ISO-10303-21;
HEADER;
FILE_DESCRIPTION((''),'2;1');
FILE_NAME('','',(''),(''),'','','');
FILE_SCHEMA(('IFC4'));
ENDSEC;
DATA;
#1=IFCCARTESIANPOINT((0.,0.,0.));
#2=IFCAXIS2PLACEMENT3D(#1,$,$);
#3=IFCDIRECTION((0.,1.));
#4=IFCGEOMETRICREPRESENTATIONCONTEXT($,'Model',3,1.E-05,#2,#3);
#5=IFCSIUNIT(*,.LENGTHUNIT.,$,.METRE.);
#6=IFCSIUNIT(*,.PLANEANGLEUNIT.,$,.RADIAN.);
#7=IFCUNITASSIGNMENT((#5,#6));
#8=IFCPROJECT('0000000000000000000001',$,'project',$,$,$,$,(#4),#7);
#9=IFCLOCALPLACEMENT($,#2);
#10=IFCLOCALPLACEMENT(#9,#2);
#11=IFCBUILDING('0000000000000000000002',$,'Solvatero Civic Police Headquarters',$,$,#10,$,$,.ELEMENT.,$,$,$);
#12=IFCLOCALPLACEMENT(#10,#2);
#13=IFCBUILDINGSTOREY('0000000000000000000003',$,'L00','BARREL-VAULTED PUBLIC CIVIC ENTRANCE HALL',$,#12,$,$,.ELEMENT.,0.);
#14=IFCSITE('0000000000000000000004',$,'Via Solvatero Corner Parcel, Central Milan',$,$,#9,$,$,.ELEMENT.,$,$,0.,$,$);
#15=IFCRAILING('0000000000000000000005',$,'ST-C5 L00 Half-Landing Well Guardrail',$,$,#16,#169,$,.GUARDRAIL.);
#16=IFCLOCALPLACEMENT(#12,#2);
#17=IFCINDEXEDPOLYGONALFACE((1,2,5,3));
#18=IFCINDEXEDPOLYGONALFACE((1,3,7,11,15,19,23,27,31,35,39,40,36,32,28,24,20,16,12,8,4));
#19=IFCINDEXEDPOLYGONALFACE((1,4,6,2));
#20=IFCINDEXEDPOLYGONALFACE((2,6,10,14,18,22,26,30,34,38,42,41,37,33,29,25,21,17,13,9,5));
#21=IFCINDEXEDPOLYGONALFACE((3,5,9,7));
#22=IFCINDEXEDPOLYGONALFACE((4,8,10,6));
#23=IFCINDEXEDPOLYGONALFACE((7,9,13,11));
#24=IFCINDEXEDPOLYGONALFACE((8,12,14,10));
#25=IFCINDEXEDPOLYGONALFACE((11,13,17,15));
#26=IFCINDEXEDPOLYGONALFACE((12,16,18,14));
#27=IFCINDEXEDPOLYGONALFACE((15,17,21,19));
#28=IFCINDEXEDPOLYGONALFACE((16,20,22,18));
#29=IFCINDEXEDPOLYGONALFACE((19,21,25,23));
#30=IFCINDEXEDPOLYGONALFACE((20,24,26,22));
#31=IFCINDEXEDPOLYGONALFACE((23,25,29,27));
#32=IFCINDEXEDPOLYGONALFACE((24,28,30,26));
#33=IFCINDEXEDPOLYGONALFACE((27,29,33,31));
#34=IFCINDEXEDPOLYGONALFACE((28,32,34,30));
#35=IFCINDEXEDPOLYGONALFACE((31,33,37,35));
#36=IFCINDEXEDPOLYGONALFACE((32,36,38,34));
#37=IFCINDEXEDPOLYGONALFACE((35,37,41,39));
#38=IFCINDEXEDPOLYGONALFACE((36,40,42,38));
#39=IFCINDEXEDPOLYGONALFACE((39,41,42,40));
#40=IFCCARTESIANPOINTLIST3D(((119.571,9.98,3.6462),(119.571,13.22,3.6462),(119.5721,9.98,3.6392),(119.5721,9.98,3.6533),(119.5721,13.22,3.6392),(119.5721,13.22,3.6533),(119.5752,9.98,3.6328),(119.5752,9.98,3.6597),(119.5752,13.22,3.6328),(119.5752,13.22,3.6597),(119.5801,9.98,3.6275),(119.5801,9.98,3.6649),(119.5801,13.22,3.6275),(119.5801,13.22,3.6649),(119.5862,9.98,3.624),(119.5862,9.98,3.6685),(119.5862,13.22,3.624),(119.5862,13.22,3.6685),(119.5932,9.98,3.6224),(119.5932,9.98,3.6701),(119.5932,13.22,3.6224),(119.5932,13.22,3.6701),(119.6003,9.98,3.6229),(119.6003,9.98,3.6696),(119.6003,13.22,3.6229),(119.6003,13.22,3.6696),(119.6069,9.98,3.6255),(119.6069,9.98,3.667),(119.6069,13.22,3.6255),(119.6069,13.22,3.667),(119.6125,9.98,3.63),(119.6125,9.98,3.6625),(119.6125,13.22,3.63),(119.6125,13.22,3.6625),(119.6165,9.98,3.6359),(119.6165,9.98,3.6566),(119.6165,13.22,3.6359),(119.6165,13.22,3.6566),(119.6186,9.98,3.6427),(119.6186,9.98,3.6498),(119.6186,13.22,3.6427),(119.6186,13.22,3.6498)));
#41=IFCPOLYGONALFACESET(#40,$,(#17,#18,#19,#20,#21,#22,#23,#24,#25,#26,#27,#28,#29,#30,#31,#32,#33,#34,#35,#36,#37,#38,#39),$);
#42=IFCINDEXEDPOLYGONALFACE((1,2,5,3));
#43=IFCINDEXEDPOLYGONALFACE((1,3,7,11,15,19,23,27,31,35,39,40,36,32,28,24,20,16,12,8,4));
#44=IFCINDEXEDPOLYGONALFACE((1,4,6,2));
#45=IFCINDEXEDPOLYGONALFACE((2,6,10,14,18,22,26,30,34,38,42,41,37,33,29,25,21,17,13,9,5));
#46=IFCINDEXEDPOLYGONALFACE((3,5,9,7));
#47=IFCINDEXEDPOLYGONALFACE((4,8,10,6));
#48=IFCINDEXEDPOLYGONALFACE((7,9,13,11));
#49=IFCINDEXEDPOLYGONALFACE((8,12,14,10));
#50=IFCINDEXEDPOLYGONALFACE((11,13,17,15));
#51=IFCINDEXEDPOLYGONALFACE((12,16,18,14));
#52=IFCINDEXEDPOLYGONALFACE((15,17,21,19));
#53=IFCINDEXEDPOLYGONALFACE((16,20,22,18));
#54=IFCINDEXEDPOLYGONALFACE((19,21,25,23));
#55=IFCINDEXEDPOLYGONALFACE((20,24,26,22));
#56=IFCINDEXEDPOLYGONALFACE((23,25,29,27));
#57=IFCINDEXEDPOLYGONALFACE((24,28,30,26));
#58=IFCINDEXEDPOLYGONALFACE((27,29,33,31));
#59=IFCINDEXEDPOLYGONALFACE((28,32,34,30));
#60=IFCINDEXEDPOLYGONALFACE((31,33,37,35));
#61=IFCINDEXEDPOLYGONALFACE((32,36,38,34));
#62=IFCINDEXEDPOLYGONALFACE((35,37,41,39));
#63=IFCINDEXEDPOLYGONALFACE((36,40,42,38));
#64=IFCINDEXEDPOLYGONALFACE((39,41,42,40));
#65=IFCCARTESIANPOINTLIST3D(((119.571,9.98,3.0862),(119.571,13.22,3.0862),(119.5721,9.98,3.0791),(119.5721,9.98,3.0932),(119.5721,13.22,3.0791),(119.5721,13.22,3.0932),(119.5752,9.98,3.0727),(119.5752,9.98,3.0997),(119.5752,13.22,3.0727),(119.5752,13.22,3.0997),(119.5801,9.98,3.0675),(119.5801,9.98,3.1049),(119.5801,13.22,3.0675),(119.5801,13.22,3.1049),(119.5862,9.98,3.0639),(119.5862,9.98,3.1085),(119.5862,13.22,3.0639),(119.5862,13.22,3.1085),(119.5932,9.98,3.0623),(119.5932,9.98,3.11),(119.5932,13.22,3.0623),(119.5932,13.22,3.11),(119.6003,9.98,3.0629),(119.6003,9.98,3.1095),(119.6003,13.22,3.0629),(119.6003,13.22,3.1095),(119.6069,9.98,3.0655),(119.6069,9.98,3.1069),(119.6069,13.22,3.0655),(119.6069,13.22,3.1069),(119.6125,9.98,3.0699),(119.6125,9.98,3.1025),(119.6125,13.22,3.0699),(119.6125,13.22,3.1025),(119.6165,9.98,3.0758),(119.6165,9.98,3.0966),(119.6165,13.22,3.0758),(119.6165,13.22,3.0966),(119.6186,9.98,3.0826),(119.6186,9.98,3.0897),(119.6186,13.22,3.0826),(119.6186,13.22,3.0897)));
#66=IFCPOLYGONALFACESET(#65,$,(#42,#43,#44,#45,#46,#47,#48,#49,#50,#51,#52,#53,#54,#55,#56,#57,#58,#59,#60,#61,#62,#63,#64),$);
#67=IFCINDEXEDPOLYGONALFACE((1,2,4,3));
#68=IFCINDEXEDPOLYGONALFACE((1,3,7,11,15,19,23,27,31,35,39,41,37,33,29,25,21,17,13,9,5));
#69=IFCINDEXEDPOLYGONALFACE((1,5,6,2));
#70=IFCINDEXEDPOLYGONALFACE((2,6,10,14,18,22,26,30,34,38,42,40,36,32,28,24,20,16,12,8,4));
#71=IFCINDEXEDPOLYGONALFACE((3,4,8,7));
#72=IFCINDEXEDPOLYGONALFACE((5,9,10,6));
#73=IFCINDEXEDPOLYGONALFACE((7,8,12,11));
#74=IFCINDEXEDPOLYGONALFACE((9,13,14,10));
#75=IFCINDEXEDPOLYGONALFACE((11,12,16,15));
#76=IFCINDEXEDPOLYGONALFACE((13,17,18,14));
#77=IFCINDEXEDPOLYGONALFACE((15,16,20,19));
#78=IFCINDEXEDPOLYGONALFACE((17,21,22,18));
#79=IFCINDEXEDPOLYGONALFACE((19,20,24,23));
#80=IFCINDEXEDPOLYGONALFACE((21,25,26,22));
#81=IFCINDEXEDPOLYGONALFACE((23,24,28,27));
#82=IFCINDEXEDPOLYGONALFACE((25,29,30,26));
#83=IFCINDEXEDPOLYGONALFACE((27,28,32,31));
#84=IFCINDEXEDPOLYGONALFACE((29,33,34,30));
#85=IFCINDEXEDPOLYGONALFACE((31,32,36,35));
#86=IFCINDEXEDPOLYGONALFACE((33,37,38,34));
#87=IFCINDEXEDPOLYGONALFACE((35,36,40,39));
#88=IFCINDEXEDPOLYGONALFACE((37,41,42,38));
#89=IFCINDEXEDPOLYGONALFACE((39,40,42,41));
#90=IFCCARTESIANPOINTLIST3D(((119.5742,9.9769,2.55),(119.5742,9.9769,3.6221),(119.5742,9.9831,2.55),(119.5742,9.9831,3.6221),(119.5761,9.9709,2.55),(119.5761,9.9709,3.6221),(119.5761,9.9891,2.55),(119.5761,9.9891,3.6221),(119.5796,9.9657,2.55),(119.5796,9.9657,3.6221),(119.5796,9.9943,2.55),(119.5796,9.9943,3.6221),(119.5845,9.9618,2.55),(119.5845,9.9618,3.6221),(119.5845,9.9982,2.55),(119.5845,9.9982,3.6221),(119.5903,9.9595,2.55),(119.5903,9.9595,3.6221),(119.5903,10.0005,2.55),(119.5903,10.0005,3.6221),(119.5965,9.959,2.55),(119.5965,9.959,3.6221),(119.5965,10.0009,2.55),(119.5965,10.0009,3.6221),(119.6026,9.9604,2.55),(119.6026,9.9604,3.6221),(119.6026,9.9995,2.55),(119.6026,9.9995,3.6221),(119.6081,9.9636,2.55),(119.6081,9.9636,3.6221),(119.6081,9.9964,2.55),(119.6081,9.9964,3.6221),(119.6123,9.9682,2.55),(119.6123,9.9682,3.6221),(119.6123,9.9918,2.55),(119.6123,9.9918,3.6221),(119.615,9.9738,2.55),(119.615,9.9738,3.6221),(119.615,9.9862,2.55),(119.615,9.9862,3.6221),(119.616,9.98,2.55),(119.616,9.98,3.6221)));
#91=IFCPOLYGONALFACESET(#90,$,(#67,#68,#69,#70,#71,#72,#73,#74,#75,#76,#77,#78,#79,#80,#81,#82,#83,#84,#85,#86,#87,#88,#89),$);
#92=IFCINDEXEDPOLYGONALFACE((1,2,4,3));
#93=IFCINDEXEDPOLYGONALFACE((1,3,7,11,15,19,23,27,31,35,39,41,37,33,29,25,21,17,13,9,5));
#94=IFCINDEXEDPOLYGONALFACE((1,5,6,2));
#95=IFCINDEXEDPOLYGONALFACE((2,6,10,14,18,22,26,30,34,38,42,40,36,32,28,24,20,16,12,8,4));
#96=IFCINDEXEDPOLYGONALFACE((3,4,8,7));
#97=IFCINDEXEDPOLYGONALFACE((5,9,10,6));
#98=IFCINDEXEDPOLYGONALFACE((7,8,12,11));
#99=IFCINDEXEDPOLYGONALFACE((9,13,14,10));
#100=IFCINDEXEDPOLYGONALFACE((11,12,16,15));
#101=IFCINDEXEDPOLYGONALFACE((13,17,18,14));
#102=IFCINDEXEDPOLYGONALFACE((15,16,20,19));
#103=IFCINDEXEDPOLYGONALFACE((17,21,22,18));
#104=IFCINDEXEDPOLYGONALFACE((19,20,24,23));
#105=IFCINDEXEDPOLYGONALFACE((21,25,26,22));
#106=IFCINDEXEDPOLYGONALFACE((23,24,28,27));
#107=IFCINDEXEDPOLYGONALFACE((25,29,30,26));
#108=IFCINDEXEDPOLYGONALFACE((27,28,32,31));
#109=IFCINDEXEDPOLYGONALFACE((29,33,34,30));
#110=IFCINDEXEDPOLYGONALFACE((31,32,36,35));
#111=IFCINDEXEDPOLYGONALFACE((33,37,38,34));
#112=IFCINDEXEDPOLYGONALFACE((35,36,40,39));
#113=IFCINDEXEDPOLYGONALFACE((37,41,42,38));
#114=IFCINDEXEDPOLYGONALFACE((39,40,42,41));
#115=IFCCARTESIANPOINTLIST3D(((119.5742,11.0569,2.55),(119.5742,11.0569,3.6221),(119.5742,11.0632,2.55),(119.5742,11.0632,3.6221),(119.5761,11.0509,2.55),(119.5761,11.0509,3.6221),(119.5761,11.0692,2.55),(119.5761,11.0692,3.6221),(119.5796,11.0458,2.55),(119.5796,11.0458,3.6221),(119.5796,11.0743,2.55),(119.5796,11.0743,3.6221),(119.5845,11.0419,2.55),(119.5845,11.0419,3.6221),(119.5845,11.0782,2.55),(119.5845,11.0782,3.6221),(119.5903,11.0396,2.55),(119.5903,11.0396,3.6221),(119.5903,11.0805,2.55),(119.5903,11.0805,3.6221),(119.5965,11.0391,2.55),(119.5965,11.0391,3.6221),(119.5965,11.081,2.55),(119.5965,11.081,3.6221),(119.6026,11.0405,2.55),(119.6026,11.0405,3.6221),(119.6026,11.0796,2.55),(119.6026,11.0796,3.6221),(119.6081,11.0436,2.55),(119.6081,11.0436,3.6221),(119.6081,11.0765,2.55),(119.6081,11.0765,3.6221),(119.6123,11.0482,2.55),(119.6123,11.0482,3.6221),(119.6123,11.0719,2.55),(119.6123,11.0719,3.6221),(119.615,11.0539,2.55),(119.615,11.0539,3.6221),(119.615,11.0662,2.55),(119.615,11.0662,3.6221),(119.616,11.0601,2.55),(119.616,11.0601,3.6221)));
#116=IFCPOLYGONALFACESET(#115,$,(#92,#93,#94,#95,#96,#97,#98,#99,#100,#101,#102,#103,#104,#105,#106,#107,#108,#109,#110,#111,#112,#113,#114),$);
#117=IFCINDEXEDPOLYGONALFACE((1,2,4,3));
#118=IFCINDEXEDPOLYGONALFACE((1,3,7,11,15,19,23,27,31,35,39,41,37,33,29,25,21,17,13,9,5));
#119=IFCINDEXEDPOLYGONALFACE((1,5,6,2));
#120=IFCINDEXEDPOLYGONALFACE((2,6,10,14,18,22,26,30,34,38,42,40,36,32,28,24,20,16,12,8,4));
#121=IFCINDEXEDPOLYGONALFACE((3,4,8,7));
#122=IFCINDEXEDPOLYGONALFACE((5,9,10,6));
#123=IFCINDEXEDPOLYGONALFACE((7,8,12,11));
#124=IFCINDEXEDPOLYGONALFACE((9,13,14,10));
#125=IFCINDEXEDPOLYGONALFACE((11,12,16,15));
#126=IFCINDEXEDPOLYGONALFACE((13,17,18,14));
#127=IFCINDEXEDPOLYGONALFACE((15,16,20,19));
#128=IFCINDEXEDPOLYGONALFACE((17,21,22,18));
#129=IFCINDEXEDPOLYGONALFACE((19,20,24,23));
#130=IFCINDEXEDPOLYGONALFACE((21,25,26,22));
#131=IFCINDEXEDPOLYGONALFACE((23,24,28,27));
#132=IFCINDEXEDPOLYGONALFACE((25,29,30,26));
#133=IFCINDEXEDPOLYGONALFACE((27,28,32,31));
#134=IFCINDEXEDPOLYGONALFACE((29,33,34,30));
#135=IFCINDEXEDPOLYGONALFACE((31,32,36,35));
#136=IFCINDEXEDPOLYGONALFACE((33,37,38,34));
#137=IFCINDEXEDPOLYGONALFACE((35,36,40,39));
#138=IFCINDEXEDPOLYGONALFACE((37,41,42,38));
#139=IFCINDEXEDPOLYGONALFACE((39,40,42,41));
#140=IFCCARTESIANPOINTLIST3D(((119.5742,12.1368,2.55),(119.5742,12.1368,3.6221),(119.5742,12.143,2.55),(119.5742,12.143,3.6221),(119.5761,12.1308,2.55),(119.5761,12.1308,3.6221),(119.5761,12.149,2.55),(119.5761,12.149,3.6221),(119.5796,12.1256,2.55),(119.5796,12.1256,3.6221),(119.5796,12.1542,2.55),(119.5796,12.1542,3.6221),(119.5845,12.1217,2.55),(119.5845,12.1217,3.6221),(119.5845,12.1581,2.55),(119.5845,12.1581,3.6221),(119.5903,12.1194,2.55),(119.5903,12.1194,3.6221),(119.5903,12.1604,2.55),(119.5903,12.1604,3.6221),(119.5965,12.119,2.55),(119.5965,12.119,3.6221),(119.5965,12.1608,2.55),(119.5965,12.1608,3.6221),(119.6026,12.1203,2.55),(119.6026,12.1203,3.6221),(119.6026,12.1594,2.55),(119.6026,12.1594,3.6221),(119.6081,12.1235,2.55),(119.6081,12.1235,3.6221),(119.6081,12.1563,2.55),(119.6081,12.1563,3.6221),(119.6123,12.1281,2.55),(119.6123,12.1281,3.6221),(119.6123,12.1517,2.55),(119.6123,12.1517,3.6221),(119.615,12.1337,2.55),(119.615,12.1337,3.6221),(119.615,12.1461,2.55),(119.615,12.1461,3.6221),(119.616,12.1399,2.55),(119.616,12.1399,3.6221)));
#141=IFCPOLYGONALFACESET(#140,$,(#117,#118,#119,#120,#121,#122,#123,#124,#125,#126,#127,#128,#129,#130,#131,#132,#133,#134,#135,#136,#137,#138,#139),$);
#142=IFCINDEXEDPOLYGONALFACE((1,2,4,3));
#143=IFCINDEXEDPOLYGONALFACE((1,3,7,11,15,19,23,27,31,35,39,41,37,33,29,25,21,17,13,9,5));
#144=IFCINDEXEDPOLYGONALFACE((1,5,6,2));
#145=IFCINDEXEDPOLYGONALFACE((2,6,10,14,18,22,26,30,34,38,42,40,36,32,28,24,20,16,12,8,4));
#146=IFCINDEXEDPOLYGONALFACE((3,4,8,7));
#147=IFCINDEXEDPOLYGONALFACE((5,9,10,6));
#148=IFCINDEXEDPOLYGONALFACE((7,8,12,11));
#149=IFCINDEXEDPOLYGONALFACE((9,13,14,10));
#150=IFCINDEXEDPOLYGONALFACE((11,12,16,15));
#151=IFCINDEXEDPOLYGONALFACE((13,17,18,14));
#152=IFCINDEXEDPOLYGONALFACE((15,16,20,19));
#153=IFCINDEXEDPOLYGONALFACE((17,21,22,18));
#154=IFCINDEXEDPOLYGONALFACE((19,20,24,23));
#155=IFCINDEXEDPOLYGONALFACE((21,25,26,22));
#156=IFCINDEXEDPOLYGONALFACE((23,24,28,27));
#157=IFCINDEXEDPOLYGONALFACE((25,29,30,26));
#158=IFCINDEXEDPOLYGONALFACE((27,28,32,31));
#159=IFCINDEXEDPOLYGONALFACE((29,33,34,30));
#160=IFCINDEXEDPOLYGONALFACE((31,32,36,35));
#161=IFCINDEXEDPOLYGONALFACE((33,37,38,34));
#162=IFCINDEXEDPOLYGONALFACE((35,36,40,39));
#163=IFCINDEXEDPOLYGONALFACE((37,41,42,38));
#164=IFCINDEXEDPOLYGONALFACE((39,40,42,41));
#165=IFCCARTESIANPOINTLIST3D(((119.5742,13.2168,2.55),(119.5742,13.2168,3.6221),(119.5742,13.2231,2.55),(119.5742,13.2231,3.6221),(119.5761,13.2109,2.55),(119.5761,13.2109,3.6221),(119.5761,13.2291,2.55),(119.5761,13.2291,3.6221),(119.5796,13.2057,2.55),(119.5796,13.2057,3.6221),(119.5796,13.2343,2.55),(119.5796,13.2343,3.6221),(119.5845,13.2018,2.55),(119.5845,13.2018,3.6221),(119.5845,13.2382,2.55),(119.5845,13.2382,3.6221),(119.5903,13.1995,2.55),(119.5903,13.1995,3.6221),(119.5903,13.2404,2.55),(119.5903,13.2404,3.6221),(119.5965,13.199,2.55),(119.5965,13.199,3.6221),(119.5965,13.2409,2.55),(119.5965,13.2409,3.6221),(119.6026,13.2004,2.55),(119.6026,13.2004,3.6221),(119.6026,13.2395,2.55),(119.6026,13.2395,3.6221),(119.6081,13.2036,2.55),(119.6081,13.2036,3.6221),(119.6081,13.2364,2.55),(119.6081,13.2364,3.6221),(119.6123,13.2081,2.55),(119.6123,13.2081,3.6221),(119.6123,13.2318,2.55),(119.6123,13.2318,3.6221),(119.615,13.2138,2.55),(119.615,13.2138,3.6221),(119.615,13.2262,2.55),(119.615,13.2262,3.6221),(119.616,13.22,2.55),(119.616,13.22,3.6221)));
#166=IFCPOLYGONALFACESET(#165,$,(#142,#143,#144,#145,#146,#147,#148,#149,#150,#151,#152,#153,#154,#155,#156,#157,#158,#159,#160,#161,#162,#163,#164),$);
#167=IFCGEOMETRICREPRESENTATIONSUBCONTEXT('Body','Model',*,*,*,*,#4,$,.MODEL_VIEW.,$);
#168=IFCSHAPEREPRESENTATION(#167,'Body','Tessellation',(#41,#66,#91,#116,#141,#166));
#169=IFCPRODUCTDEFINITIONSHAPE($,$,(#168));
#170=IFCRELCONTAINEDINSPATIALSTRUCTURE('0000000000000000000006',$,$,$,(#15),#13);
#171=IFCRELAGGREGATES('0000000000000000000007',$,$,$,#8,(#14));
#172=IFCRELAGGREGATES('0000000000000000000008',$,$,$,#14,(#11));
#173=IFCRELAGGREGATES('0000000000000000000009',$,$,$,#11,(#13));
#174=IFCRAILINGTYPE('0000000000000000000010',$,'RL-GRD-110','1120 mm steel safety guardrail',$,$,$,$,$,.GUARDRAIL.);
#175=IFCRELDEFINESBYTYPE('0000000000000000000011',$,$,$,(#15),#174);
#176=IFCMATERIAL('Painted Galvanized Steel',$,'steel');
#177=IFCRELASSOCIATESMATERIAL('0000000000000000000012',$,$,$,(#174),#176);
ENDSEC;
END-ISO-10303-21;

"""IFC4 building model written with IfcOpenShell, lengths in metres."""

from ifc_helpers import new_model, si_unit, direction, frame, origin, origin_2d, place, context, subcontext, project, spatial, circle, extrude, material, type_object, element, save


model = new_model("IFC4")

# Units and contexts
model_context = context("Model", 3, precision=1e-05, world=origin(), true_north=direction((0.0, 1.0)))
body_context = subcontext(model_context, "Body", "Model", "MODEL_VIEW")
ifc_project = project(units=[si_unit("LENGTHUNIT", "METRE"), si_unit("PLANEANGLEUNIT", "RADIAN")], contexts=[model_context])

# Site, building, storey
site_placement = place(None, origin())
site = spatial("IfcSite", under=ifc_project, at=site_placement, Name="Via Solvatero Corner Parcel, Central Milan", CompositionType="ELEMENT", RefElevation=0.0)
building_placement = place(site_placement, origin())
building = spatial("IfcBuilding", under=site, at=building_placement, Name="Solvatero Civic Police Headquarters", CompositionType="ELEMENT")
storey_placement = place(building_placement, origin())
storey = spatial("IfcBuildingStorey", under=building, at=storey_placement, Name="L00", Description="BARREL-VAULTED PUBLIC CIVIC ENTRANCE HALL", CompositionType="ELEMENT", Elevation=0.0)

# Railing
ifc_material_1 = material(Name="Painted Galvanized Steel", Category="steel")
railing_type_1 = type_object("IfcRailingType", Name="RL-GRD-110", Description="1120 mm steel safety guardrail", PredefinedType="GUARDRAIL", material=ifc_material_1)
railing_1_placement = place(storey_placement, frame((119.595, 9.98, 2.55)))
element("IfcRailing", 1, at=railing_1_placement, inside=storey, type_object=railing_type_1, Name="ST-C5 L00 Half-Landing Well Guardrail", PredefinedType="GUARDRAIL", context=body_context, shape_type="SweptSolid", body=[
    extrude(circle(Radius=0.0239, at=origin_2d()), frame((0.0, 0.0, 1.0962), z_axis=(0.0, 1.0, 0.0), x_axis=(-1.0, 0.0, 0.0)), (0.0, 0.0, 1.0), 3.24),
    extrude(circle(Radius=0.0239, at=origin_2d()), frame((0.0, 0.0, 0.5361), z_axis=(0.0, 1.0, 0.0), x_axis=(-1.0, 0.0, 0.0)), (0.0, 0.0, 1.0), 3.24),
    extrude(circle(Radius=0.021, at=origin_2d()), origin(), (0.0, 0.0, 1.0), 1.072),
    extrude(circle(Radius=0.021, at=origin_2d()), frame((0.0, 1.0801, 0.0)), (0.0, 0.0, 1.0), 1.072),
    extrude(circle(Radius=0.021, at=origin_2d()), frame((0.0, 2.1599, 0.0)), (0.0, 0.0, 1.0), 1.072),
    extrude(circle(Radius=0.021, at=origin_2d()), frame((0.0, 3.24, 0.0)), (0.0, 0.0, 1.0), 1.072),
])

save(model, "model.ifc")
